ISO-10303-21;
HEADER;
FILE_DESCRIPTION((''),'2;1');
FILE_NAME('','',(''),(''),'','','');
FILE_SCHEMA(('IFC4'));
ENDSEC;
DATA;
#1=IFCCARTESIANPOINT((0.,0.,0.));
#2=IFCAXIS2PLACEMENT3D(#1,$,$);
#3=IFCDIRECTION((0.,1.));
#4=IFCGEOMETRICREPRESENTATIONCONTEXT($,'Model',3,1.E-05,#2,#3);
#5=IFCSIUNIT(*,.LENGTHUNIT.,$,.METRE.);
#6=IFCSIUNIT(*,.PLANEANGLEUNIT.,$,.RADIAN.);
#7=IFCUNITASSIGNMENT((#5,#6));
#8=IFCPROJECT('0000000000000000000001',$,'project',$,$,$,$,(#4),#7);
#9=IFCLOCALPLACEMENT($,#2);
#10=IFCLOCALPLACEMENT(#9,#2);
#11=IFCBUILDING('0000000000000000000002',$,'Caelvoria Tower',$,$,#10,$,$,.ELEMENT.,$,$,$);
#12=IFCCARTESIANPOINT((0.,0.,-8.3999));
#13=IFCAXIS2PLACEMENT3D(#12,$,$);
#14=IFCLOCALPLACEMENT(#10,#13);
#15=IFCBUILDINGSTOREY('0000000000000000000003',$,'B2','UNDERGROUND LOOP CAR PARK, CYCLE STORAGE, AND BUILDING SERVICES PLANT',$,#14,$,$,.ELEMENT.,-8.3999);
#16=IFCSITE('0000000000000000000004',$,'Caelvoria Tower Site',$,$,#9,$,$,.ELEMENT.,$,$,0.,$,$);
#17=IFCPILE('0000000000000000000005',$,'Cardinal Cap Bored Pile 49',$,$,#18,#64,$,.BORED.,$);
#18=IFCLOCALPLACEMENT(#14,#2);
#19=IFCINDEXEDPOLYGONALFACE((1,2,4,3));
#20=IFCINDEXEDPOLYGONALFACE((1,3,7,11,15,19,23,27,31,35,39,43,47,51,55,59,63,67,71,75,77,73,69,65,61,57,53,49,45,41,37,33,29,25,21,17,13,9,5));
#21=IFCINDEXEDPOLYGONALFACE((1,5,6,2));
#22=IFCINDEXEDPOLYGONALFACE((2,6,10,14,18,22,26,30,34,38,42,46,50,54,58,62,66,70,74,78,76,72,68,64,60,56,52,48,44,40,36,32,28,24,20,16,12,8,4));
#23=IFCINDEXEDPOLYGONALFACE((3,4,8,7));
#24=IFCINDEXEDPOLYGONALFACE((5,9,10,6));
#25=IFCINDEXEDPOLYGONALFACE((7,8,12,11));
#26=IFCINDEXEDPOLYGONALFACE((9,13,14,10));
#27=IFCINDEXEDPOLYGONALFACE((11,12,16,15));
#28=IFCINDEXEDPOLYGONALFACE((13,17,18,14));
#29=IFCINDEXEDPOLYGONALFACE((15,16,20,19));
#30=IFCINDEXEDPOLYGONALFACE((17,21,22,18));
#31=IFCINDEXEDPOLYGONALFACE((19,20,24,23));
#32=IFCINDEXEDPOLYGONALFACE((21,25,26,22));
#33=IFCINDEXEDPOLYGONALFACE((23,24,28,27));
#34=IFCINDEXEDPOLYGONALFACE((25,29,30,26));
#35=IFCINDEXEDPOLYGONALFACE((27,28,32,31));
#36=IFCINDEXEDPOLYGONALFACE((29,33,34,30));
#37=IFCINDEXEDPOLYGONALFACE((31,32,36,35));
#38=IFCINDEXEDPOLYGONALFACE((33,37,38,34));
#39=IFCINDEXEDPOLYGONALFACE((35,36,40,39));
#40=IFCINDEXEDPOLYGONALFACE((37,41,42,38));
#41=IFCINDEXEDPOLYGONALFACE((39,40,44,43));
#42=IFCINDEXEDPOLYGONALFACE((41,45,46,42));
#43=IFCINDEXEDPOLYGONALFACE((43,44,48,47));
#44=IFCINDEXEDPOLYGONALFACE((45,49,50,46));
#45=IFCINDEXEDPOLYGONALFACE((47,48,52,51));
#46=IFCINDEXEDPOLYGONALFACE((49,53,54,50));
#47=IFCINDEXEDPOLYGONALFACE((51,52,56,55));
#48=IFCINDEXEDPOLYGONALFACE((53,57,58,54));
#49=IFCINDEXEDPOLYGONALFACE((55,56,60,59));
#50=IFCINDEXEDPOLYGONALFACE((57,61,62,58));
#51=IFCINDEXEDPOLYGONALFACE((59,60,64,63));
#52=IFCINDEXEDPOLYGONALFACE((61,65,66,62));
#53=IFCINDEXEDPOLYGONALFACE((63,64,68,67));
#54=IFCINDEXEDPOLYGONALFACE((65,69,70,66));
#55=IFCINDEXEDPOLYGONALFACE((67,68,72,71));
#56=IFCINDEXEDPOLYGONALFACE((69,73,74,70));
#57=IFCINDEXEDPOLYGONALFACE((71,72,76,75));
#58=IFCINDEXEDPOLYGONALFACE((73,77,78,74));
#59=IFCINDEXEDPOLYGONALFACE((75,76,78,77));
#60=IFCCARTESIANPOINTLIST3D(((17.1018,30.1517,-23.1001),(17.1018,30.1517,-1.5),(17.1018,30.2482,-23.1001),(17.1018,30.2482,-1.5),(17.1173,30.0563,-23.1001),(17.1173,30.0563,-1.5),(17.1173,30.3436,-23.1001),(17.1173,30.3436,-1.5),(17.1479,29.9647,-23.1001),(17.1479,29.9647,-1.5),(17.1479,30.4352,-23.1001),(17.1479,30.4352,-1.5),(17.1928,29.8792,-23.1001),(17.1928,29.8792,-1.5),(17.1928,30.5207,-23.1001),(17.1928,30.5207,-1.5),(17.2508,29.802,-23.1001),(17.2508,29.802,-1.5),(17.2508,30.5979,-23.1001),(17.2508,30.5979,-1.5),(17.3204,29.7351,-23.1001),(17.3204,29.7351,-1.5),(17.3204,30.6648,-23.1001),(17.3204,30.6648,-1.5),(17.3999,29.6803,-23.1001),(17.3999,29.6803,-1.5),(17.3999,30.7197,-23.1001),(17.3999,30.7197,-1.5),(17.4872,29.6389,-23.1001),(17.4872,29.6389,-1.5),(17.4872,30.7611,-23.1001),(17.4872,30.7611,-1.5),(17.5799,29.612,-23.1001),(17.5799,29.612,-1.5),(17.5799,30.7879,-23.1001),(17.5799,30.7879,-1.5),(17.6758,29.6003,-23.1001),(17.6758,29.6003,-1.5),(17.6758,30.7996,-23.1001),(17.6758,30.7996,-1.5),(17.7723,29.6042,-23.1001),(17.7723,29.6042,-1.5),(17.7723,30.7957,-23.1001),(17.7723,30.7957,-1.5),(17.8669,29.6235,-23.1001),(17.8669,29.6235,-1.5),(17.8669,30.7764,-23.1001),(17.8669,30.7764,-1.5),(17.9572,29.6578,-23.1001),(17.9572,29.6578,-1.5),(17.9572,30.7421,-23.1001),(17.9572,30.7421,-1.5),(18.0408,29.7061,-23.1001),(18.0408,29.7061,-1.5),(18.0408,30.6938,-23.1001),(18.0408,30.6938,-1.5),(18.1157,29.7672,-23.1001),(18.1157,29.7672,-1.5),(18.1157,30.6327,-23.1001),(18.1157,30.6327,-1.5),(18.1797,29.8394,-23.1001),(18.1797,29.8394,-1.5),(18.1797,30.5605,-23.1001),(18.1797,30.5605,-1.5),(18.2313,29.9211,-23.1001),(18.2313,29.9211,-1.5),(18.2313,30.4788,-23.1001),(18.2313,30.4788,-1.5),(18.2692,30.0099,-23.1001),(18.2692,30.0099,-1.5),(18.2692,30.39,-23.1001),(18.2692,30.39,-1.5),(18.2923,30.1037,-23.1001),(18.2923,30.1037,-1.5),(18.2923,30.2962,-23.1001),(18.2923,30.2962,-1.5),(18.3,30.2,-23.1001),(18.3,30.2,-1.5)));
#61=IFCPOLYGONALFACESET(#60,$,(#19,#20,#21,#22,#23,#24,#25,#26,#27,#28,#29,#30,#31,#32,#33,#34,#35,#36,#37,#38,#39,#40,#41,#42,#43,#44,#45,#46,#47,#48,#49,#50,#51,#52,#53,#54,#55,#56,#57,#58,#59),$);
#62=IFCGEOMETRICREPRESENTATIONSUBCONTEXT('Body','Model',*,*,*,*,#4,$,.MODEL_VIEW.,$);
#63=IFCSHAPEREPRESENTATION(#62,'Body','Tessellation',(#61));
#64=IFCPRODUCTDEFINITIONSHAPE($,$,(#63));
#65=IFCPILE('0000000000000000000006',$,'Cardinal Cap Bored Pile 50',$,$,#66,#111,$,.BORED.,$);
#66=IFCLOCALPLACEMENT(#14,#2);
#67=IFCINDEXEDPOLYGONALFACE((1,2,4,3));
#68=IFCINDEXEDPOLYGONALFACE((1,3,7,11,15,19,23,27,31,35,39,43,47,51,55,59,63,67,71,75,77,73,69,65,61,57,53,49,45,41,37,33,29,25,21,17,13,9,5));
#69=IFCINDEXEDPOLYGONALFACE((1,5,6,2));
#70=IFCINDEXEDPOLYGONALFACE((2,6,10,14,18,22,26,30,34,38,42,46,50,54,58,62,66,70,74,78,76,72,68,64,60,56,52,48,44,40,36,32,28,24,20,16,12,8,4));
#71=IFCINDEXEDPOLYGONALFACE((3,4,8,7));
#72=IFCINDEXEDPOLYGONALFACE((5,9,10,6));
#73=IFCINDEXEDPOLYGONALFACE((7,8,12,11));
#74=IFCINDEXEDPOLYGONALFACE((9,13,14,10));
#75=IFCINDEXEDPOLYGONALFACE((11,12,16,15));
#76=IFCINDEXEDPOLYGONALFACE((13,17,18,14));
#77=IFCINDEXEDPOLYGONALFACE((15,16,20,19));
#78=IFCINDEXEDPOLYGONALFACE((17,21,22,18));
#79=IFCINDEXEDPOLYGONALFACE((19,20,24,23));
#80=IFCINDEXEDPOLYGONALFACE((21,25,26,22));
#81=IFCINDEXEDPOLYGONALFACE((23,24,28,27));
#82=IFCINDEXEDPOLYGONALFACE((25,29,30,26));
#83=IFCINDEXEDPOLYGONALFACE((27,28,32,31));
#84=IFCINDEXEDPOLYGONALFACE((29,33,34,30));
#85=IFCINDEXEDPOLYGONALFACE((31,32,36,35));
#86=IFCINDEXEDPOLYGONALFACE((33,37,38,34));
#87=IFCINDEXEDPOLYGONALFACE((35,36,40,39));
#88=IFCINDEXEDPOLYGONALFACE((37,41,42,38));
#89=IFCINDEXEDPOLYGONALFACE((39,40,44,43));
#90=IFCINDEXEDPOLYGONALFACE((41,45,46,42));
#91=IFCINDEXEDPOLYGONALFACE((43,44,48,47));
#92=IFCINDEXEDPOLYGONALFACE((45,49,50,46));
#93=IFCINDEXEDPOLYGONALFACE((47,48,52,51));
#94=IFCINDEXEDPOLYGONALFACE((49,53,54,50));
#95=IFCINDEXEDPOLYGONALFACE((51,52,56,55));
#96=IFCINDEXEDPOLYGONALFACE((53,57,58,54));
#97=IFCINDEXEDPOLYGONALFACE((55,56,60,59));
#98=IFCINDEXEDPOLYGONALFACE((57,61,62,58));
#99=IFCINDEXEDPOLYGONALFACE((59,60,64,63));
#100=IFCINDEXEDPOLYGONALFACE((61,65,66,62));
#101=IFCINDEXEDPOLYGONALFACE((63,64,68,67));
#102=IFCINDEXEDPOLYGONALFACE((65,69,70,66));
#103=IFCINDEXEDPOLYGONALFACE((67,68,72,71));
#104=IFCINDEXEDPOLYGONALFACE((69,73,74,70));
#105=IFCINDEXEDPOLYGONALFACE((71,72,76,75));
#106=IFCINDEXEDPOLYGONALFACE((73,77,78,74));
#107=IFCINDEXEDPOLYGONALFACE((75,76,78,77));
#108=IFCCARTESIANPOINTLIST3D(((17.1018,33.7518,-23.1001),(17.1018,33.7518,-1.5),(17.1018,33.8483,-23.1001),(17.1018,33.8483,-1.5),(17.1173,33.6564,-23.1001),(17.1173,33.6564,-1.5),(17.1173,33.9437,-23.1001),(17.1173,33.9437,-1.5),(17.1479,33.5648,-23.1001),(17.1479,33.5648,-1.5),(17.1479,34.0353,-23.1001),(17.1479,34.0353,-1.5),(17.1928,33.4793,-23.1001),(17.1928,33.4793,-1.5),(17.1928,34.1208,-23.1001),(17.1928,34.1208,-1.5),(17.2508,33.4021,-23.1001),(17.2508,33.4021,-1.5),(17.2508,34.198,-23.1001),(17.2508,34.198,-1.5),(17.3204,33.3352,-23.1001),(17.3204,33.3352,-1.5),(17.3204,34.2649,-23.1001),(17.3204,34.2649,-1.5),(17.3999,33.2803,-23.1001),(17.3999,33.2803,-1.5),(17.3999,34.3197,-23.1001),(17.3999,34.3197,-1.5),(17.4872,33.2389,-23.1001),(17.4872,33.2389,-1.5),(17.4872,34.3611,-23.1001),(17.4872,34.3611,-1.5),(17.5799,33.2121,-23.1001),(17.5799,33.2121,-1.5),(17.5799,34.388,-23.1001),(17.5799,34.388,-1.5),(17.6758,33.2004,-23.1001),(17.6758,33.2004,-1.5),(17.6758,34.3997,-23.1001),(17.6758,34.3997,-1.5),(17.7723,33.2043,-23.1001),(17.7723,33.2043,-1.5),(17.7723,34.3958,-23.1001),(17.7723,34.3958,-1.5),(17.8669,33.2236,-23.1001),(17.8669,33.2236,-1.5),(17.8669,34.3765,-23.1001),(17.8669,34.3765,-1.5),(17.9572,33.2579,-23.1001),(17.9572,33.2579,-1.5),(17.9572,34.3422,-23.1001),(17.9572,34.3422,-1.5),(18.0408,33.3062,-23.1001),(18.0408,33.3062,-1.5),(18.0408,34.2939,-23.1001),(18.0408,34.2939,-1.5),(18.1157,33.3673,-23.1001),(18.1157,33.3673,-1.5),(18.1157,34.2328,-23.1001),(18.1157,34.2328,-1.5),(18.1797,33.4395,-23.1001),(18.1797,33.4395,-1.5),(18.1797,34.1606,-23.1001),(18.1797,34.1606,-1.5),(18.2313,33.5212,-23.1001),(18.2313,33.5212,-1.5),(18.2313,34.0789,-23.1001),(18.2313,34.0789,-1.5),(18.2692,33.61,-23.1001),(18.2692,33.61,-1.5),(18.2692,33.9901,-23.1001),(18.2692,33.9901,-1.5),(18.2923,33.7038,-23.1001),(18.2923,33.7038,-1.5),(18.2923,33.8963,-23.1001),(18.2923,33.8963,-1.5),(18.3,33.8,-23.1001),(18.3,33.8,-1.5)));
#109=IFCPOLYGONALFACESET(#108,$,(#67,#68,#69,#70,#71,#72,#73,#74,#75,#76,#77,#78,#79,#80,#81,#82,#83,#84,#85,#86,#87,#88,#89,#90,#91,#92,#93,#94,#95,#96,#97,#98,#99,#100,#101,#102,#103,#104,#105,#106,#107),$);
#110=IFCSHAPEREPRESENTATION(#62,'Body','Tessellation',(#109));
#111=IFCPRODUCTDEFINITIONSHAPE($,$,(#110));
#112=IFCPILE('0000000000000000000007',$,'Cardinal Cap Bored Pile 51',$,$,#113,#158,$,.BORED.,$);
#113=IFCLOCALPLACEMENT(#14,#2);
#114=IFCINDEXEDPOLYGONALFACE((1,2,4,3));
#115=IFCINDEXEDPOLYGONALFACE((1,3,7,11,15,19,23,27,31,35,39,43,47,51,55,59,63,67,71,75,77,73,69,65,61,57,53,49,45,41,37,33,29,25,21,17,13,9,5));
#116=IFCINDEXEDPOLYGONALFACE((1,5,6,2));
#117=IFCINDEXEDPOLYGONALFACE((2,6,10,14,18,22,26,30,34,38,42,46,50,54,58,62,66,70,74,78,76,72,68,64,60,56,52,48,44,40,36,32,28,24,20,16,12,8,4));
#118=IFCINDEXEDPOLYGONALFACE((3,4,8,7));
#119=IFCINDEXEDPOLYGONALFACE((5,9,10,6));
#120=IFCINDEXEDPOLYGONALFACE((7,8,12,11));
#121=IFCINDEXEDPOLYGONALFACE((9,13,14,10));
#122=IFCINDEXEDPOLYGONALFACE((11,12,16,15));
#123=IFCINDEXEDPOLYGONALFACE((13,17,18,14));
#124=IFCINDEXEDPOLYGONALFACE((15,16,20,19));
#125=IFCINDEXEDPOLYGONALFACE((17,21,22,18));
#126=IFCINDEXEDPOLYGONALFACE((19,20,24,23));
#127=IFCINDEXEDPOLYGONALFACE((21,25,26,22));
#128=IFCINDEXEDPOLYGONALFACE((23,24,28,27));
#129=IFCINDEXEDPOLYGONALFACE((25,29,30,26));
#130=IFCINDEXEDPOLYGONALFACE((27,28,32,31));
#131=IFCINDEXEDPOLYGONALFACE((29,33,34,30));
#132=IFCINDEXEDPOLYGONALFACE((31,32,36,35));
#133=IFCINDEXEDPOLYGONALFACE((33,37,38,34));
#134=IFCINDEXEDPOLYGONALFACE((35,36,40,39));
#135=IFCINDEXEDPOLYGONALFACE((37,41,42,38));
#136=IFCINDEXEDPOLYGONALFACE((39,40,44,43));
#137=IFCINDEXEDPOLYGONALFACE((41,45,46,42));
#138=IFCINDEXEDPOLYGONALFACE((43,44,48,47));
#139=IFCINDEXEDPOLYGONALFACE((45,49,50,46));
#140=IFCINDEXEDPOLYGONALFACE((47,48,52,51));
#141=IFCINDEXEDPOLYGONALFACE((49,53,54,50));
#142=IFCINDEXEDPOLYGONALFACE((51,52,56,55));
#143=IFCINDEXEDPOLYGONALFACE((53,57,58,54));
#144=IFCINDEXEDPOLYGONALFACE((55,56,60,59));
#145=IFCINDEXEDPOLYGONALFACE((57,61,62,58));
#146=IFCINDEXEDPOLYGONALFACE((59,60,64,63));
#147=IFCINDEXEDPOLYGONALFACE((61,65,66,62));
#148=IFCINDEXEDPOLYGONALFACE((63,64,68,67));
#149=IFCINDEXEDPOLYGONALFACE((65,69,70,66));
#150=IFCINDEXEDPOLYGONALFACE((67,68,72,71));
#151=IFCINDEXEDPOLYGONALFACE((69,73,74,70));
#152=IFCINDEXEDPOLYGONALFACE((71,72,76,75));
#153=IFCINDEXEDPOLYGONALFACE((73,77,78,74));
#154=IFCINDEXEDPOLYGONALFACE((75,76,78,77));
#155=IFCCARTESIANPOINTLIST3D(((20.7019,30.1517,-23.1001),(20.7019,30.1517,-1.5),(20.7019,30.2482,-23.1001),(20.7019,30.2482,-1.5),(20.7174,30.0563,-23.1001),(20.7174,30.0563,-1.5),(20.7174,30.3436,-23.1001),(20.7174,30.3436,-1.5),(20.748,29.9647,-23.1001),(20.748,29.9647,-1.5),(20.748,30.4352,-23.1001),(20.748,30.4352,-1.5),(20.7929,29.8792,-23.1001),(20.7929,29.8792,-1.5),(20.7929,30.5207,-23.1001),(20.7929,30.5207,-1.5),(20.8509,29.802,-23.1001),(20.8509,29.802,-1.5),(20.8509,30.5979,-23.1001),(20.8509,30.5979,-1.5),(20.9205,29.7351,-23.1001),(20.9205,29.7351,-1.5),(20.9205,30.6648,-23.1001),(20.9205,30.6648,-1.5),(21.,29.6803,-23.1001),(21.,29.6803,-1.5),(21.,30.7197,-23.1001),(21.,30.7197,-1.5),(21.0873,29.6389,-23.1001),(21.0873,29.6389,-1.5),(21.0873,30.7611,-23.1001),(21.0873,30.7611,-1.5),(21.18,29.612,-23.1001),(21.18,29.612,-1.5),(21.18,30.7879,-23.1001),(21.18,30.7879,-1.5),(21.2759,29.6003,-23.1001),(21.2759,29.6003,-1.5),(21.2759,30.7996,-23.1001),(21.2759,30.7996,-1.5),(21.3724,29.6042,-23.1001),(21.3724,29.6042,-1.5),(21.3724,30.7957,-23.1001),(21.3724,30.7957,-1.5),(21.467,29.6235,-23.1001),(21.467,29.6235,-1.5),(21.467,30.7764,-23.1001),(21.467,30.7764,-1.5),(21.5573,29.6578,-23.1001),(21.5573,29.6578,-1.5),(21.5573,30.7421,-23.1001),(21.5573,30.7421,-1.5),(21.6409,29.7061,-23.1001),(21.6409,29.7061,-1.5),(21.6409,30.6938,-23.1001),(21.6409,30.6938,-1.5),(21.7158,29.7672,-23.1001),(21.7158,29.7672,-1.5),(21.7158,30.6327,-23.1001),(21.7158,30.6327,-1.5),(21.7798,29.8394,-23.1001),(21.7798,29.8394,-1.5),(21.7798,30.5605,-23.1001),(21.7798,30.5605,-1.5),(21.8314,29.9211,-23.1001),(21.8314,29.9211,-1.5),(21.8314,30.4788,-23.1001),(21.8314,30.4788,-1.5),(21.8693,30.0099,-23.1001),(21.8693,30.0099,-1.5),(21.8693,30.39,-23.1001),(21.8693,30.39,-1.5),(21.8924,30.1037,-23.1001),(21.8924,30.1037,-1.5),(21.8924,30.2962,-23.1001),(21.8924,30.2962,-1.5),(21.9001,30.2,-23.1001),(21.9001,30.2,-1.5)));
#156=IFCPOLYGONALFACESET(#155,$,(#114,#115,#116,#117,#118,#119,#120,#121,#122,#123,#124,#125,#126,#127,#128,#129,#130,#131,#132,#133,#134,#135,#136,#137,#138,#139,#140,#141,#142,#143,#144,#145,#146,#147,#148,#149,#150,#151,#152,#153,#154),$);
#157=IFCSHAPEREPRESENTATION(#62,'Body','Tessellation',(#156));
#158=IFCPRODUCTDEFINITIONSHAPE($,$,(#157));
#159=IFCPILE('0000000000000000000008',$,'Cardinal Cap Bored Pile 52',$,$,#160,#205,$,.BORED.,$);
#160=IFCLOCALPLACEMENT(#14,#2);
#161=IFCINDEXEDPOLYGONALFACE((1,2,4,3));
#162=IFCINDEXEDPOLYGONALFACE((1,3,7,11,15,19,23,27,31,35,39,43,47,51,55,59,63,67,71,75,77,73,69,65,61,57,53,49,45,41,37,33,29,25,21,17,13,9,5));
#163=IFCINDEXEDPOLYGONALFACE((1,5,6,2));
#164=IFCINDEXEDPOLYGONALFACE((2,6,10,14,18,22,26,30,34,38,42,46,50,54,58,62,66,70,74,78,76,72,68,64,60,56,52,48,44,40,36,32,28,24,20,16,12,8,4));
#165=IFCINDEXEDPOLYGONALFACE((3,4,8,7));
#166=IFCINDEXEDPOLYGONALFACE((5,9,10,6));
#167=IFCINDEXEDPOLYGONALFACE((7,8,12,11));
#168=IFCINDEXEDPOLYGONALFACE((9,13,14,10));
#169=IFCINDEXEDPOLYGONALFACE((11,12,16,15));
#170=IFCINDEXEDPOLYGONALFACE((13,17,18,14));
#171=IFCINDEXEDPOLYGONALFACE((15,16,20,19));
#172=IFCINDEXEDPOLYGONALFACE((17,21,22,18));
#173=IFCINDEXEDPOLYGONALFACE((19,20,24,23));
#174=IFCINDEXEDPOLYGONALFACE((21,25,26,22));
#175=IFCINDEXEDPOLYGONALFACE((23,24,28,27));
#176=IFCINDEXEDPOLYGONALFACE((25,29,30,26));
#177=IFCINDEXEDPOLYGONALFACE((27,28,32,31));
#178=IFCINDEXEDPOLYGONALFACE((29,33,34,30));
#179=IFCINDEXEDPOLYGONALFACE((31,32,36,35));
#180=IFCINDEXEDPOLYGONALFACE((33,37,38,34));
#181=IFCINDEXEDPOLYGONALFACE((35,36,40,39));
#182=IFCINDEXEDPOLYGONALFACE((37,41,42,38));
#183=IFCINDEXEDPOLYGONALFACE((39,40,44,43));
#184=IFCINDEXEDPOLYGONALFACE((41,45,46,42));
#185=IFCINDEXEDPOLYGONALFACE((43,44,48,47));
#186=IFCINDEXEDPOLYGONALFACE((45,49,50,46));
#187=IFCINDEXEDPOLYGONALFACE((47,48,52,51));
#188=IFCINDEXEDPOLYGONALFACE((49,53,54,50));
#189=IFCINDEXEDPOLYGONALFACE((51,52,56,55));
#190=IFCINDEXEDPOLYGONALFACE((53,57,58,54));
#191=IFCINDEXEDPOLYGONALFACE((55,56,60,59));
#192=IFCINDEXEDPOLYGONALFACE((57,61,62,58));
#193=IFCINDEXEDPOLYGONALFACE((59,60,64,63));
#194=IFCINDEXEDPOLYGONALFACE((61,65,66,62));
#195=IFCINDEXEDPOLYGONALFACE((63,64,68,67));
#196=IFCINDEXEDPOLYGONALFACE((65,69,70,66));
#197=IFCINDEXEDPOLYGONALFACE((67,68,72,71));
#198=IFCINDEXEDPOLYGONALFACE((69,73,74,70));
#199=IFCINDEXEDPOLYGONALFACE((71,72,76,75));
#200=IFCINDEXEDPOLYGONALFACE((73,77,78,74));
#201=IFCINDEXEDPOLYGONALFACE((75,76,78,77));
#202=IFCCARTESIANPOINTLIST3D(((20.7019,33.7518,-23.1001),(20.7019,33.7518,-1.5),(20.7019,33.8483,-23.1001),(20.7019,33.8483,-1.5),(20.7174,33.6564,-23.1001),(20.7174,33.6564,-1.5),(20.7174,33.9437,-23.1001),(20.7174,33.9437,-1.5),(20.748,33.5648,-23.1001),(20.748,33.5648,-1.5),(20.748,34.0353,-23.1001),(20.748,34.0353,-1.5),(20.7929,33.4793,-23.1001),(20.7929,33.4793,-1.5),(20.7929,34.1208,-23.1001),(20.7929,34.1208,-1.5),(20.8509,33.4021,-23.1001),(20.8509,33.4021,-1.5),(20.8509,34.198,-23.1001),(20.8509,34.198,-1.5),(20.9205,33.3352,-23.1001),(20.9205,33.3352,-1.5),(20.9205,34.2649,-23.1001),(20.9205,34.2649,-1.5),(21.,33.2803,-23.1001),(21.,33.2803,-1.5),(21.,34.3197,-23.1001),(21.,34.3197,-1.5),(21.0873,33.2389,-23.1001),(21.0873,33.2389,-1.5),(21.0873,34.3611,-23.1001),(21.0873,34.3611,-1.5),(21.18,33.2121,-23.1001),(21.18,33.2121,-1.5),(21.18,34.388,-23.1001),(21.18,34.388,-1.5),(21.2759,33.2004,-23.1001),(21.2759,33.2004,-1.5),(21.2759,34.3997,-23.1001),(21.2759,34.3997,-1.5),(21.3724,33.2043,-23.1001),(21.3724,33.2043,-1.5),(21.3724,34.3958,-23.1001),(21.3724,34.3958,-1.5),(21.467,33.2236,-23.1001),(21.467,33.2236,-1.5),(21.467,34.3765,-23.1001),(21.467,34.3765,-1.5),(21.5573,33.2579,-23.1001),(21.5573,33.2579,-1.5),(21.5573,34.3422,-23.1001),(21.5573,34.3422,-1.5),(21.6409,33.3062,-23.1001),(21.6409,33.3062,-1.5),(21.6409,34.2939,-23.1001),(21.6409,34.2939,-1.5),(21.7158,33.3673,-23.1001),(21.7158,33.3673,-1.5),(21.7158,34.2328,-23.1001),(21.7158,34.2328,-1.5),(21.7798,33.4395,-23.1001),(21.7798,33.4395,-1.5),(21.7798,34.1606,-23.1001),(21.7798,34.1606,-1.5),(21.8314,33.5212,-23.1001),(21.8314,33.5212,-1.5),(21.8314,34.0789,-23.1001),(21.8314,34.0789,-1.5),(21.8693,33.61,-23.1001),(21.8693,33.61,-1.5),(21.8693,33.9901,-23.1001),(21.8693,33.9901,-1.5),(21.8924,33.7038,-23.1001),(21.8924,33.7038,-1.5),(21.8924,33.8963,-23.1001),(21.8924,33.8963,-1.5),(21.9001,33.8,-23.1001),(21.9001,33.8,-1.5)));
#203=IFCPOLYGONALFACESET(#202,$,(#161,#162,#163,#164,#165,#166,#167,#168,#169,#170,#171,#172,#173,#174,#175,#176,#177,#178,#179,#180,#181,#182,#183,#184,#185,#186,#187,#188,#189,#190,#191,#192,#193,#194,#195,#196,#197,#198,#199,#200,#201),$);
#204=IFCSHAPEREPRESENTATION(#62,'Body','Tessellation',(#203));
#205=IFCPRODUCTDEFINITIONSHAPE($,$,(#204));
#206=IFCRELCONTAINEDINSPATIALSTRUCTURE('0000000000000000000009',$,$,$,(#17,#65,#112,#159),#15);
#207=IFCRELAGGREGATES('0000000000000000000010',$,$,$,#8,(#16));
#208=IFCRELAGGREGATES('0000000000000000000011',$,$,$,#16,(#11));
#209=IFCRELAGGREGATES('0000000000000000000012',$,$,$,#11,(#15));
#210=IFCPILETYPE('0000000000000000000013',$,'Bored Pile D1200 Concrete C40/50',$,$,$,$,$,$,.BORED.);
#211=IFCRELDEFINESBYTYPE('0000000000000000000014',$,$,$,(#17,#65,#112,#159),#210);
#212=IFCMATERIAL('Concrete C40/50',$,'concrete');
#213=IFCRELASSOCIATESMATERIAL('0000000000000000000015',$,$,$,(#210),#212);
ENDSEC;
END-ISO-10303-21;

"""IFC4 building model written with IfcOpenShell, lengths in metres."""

from ifc_helpers import new_model, si_unit, direction, frame, origin, origin_2d, place, context, subcontext, project, spatial, circle, extrude, material, material_profile, profile_set, type_object, element, save


model = new_model("IFC4")

# Units and contexts
model_context = context("Model", 3, precision=1e-05, world=origin(), true_north=direction((0.0, 1.0)))
body_context = subcontext(model_context, "Body", "Model", "MODEL_VIEW")
ifc_project = project(units=[si_unit("LENGTHUNIT", "METRE"), si_unit("PLANEANGLEUNIT", "RADIAN")], contexts=[model_context])

# Site, building, storey
site_placement = place(None, origin())
site = spatial("IfcSite", under=ifc_project, at=site_placement, Name="Caelvoria Tower Site", CompositionType="ELEMENT", RefElevation=0.0)
building_placement = place(site_placement, origin())
building = spatial("IfcBuilding", under=site, at=building_placement, Name="Caelvoria Tower", CompositionType="ELEMENT")
storey_placement = place(building_placement, frame((0.0, 0.0, -8.3999)))
storey = spatial("IfcBuildingStorey", under=building, at=storey_placement, Name="B2", Description="UNDERGROUND LOOP CAR PARK, CYCLE STORAGE, AND BUILDING SERVICES PLANT", CompositionType="ELEMENT", Elevation=-8.3999)

# Piles
ifc_material_1 = material(Name="Concrete C40/50", Category="concrete")
ifc_material_profile_1 = material_profile(ifc_material_1, circle(Radius=0.6001, at=origin_2d()), Name="Concrete C40/50")
ifc_profile_set_1 = profile_set([ifc_material_profile_1], Name="PILE_D1200 - Concrete C40/50")
pile_type_1 = type_object("IfcPileType", Name="Bored Pile D1200 Concrete C40/50", PredefinedType="BORED", material=ifc_profile_set_1)
for number, where, z_axis, x_axis, name in (
    (1, (17.7, 30.2, -1.5), (0.0, 0.0, -1.0), (1.0, 0.0, 0.0), "Cardinal Cap Bored Pile 49"),
    (2, (17.7, 33.8, -1.5), (0.0, 0.0, -1.0), (1.0, 0.0, 0.0), "Cardinal Cap Bored Pile 50"),
    (3, (21.3, 30.2, -1.5), (0.0, 0.0, -1.0), (1.0, 0.0, 0.0), "Cardinal Cap Bored Pile 51"),
    (4, (21.3, 33.8, -1.5), (0.0, 0.0, -1.0), (1.0, 0.0, 0.0), "Cardinal Cap Bored Pile 52"),
):
    element("IfcPile", number, at=place(storey_placement, frame(where, z_axis=z_axis, x_axis=x_axis)), inside=storey, type_object=pile_type_1, Name=name, PredefinedType="BORED", context=body_context, shape_type="SweptSolid", body=[
        extrude(circle(Radius=0.6001, at=origin_2d()), origin(), (0.0, 0.0, 1.0), 21.6001),
    ])

save(model, "model.ifc")
